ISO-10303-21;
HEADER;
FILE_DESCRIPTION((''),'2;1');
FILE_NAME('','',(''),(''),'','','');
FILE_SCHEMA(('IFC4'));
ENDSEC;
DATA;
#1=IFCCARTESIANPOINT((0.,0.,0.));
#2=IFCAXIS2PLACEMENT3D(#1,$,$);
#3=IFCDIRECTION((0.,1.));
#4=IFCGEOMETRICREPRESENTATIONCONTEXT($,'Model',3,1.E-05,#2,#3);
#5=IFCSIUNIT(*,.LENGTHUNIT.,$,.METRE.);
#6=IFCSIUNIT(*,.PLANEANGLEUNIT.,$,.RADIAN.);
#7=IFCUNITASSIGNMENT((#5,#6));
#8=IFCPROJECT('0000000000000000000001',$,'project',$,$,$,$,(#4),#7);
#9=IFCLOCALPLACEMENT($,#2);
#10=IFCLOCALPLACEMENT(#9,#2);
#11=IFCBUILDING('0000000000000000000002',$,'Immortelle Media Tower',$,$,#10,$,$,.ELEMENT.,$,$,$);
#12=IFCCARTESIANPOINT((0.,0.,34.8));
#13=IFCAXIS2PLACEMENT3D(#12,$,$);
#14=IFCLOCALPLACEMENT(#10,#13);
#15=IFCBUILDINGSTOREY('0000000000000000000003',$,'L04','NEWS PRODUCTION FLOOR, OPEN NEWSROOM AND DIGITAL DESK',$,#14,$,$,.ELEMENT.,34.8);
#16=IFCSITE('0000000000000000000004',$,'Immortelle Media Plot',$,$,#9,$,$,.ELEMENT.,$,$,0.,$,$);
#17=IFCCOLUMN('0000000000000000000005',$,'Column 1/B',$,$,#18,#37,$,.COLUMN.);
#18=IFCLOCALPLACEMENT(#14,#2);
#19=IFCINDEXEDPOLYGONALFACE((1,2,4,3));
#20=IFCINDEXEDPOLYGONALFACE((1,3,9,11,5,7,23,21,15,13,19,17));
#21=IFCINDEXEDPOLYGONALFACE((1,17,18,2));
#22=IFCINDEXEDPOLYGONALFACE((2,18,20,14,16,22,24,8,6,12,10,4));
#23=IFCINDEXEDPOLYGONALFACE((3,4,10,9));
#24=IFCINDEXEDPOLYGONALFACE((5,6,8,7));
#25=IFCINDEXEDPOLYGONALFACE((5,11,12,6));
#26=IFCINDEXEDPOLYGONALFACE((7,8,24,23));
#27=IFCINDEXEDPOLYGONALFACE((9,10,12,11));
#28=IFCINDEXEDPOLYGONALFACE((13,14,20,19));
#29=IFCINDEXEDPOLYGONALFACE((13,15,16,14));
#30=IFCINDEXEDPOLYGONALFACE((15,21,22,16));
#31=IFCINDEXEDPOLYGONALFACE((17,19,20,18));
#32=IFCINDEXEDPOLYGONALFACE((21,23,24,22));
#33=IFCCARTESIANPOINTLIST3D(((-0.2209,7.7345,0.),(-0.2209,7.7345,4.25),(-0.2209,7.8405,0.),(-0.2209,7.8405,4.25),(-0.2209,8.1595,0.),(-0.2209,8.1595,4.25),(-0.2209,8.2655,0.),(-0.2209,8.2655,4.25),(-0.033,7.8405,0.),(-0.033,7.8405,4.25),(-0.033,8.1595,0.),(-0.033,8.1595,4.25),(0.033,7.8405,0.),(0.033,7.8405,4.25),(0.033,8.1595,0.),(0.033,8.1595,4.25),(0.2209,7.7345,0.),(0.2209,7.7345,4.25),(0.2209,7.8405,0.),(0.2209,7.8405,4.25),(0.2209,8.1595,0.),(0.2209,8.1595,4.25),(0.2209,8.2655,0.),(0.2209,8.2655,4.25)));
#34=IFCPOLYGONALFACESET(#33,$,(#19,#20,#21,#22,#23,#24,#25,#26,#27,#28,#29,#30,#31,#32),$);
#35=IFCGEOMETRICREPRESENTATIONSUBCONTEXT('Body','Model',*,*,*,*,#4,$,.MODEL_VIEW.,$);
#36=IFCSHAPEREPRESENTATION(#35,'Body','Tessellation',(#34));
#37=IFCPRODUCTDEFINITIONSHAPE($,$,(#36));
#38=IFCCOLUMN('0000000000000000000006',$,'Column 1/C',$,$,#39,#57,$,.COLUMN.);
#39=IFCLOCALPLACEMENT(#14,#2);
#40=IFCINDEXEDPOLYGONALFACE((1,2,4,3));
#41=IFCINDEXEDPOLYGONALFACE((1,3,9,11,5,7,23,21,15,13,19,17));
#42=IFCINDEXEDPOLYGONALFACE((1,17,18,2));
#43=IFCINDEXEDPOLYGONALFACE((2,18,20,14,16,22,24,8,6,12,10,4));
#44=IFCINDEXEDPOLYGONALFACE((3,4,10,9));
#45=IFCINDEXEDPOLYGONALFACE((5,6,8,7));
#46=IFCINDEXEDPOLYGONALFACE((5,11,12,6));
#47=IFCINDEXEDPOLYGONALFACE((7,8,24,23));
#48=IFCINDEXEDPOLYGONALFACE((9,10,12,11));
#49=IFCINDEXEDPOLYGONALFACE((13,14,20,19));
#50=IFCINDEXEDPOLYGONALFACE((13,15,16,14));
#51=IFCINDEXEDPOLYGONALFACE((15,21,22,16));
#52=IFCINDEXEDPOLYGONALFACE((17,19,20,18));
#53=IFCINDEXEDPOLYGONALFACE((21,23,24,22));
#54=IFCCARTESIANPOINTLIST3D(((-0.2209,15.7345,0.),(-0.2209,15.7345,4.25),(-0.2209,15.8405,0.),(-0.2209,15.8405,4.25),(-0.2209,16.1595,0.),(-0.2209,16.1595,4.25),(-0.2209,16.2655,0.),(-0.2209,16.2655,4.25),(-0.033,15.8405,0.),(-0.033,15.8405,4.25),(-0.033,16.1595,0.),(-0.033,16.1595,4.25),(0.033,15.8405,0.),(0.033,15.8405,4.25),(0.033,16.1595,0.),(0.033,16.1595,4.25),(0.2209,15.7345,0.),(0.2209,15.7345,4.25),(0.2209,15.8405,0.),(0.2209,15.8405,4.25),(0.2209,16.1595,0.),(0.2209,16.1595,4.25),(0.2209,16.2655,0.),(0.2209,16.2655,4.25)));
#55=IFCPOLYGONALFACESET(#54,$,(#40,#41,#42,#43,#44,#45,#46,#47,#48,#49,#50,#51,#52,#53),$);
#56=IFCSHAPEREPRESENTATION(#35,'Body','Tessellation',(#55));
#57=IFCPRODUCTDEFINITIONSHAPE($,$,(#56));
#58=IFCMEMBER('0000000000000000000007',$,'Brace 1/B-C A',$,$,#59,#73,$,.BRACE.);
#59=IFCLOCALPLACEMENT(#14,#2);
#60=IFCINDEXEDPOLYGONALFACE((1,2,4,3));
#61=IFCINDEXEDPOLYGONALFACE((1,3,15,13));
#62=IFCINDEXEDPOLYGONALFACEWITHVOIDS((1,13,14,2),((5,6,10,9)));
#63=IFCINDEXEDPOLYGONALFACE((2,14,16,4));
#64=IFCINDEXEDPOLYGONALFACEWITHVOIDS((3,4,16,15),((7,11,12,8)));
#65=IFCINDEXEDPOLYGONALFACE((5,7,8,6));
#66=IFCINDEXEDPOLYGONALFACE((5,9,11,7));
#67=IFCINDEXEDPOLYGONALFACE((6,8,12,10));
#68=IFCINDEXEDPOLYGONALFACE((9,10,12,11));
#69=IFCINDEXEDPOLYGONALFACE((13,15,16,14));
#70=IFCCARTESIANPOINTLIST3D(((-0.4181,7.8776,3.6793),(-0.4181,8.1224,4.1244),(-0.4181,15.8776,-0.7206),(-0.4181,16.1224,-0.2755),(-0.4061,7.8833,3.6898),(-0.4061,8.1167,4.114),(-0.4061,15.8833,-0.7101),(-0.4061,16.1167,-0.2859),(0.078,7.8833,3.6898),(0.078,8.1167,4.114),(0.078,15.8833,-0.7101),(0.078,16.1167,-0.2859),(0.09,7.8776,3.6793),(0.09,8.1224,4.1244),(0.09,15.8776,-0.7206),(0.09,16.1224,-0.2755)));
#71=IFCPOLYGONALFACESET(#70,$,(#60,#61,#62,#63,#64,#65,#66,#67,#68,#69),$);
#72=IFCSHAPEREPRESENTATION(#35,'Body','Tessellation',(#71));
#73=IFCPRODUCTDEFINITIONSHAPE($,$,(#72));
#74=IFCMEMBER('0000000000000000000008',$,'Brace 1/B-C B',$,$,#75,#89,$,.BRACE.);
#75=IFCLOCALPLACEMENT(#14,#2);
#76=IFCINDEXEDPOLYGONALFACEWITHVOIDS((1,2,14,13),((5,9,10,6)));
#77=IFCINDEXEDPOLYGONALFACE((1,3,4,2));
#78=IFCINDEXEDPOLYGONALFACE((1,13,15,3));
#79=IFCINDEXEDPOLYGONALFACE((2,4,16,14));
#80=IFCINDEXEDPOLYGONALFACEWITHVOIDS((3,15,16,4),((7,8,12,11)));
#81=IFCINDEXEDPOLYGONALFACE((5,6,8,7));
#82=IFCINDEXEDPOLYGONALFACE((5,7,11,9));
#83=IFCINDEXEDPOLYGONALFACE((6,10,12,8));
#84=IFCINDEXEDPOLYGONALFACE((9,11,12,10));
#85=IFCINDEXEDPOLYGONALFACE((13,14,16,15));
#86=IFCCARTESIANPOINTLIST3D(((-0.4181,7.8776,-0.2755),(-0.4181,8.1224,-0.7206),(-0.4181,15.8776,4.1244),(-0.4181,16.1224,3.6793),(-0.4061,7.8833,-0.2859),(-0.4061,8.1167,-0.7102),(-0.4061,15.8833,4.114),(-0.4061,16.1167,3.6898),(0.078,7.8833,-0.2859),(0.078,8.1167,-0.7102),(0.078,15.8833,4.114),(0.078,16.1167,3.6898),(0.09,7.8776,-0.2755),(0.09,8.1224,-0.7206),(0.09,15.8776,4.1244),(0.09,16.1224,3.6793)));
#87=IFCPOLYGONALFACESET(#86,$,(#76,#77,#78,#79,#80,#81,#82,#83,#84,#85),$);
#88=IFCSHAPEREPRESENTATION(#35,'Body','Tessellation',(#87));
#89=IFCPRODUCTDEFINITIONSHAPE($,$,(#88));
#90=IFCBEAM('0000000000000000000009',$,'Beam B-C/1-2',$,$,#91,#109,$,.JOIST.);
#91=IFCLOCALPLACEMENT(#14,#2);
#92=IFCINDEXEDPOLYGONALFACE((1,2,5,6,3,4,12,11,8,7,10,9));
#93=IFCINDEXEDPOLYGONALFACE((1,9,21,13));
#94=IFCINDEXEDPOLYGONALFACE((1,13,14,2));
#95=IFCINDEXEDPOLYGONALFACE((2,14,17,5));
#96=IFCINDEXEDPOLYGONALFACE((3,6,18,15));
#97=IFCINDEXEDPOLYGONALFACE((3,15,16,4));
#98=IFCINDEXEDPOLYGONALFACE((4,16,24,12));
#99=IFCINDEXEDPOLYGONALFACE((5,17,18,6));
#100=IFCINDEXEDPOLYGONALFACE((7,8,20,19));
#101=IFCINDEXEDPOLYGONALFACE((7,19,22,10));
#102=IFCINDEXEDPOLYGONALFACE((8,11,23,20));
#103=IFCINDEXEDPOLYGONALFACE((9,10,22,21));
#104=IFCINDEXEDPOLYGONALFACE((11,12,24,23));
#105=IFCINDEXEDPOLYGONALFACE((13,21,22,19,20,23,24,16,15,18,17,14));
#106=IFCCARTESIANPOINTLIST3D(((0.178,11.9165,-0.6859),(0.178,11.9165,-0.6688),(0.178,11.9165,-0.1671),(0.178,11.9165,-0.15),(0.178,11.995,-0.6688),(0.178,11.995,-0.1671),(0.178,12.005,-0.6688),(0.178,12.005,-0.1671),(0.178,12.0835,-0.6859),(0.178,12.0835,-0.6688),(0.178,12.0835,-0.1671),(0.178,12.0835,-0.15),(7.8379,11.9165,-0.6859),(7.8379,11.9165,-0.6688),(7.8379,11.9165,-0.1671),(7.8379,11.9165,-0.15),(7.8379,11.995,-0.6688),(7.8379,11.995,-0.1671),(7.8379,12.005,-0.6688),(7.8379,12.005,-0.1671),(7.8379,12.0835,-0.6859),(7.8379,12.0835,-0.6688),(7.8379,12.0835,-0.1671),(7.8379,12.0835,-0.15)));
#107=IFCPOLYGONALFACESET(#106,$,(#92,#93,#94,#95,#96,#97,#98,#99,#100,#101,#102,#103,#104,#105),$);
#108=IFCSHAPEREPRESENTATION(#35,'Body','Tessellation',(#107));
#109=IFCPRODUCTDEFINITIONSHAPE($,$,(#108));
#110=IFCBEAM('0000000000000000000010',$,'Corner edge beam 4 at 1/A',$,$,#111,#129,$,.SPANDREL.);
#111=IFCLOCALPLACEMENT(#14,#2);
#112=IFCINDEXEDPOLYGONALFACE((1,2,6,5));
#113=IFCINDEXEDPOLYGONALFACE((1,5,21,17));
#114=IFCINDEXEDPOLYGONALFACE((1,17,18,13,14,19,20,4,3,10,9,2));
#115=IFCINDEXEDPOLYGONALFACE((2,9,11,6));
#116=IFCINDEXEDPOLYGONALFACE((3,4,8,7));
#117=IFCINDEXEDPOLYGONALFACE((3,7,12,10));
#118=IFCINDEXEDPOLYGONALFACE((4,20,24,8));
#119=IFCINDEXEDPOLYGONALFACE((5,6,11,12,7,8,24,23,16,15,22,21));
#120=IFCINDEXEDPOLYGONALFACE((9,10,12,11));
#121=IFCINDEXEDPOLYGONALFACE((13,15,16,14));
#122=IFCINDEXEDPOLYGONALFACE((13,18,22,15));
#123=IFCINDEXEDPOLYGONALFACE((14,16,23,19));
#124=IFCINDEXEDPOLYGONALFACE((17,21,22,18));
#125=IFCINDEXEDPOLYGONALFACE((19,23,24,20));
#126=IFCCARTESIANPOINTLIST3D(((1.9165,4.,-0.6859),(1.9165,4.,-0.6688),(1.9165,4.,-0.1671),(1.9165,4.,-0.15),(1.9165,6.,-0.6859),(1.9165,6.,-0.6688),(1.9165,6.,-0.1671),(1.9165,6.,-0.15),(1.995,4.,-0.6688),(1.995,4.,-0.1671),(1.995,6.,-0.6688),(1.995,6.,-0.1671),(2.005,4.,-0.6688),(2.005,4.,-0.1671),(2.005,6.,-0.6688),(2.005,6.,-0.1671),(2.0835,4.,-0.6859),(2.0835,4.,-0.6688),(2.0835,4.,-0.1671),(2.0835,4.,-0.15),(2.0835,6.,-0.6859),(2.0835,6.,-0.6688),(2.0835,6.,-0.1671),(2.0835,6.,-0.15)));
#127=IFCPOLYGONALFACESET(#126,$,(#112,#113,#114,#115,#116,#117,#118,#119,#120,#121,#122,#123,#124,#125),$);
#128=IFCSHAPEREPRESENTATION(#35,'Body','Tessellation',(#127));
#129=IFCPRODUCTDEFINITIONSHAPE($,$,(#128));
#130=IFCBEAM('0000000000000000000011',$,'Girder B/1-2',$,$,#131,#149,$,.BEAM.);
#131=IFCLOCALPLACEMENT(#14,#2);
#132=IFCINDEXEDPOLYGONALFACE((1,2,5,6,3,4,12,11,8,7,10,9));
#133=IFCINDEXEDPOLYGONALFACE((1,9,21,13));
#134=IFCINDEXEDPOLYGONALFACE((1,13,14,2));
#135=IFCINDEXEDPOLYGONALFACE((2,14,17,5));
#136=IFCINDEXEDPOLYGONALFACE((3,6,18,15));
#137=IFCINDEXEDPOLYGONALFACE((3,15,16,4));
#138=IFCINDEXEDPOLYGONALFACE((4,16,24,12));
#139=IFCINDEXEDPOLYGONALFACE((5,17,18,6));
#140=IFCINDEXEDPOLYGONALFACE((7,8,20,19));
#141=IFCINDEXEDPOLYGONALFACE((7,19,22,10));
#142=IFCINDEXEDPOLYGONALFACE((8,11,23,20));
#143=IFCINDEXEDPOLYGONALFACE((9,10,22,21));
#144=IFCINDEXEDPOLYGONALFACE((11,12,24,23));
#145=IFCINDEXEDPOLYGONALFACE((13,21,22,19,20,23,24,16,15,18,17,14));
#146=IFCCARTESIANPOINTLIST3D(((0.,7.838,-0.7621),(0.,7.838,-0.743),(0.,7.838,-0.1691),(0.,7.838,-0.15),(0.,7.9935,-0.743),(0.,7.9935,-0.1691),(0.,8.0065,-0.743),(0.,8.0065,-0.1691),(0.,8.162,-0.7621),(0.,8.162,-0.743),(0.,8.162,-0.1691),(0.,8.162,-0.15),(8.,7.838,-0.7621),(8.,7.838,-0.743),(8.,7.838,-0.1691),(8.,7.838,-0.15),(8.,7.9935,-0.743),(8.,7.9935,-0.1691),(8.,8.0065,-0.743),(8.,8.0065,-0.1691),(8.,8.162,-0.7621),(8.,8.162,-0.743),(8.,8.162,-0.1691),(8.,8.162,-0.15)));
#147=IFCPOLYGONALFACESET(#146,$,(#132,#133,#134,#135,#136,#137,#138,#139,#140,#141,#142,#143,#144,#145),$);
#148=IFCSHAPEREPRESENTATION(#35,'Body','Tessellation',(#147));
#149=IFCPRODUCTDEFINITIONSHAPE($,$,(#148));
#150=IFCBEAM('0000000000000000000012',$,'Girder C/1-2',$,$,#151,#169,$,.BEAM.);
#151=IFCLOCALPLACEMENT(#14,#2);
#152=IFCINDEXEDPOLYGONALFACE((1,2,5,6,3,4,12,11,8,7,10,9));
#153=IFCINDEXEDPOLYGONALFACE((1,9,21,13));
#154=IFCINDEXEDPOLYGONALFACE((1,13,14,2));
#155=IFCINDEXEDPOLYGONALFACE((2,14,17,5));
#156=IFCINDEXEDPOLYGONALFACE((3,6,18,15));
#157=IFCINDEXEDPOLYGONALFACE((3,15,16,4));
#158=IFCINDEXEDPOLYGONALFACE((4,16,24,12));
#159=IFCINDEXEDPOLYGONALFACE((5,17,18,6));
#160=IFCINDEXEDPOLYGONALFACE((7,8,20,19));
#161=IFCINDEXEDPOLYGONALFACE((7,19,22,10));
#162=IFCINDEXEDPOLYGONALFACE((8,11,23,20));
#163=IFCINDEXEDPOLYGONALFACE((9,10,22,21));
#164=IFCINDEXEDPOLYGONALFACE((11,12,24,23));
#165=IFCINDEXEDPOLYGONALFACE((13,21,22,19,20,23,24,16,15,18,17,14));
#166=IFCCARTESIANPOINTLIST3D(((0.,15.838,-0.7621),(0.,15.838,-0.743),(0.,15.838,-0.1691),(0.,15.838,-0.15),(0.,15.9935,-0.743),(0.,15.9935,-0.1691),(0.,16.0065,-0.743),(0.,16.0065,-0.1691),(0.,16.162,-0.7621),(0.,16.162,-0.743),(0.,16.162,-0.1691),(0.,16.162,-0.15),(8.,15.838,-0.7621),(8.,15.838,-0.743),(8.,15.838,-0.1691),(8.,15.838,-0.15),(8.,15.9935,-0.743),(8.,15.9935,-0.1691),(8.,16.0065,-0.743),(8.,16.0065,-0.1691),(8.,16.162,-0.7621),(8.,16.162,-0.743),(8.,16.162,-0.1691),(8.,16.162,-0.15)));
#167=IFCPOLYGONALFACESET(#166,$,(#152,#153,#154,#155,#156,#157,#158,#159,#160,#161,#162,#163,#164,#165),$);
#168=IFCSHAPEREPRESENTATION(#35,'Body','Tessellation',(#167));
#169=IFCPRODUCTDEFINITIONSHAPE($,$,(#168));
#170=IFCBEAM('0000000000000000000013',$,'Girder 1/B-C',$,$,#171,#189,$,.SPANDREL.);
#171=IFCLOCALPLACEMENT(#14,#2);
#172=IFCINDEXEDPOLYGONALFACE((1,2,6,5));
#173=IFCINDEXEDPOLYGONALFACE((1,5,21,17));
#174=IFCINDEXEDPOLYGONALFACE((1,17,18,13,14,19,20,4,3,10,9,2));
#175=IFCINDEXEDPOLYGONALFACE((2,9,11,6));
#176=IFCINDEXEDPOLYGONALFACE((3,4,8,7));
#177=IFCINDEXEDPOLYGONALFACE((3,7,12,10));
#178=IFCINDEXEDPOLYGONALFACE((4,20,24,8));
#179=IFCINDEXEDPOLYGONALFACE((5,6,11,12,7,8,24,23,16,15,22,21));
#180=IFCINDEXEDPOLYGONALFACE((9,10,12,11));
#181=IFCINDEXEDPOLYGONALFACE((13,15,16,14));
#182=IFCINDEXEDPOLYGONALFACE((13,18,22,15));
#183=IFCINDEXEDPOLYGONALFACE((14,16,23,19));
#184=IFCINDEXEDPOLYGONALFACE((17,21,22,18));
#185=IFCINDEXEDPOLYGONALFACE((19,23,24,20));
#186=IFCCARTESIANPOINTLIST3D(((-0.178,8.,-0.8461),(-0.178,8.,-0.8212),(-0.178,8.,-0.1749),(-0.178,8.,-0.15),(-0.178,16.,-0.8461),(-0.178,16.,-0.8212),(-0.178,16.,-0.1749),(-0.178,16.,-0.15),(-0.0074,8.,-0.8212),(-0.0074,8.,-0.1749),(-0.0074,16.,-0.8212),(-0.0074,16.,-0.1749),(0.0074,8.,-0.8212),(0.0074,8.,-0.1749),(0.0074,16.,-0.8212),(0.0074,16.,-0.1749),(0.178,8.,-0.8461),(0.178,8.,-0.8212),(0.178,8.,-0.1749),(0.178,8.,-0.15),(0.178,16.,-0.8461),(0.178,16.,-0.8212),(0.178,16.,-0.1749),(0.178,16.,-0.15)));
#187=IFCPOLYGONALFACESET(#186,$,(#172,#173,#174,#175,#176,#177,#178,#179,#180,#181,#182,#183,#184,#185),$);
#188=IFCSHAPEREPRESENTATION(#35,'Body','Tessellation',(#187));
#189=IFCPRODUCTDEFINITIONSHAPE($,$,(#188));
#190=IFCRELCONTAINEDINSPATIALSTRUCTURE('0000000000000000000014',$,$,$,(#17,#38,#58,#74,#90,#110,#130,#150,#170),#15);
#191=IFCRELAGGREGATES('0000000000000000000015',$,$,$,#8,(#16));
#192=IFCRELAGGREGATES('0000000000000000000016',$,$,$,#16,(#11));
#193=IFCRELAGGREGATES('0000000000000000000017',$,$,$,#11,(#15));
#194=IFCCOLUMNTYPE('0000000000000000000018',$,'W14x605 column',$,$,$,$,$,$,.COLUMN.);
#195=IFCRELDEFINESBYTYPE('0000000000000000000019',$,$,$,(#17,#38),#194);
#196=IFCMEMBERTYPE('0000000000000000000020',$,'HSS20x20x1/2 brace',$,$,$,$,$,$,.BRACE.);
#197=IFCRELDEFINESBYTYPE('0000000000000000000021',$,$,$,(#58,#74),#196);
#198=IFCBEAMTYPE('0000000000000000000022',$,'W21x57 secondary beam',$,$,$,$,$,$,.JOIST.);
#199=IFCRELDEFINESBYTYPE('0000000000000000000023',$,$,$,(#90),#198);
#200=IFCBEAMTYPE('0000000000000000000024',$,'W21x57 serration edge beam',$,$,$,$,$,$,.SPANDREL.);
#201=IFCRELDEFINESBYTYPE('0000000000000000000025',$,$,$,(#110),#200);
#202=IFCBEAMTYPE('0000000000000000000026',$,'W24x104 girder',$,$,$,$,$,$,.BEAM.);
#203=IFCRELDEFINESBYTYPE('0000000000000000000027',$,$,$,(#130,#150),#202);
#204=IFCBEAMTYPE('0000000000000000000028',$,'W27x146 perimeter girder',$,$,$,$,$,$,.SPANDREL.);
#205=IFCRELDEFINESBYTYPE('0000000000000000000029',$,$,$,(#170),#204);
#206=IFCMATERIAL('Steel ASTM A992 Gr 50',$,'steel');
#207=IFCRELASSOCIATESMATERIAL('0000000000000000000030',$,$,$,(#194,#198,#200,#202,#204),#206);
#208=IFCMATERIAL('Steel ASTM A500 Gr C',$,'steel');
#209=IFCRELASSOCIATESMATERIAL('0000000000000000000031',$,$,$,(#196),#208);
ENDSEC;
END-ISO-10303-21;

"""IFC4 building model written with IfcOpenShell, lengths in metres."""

from ifc_helpers import new_model, si_unit, direction, frame, origin, origin_2d, place, context, subcontext, project, spatial, hollow_rectangle, i_section, extrude, material, material_profile, profile_set, type_object, element, save


model = new_model("IFC4")

# Units and contexts
model_context = context("Model", 3, precision=1e-05, world=origin(), true_north=direction((0.0, 1.0)))
body_context = subcontext(model_context, "Body", "Model", "MODEL_VIEW")
ifc_project = project(units=[si_unit("LENGTHUNIT", "METRE"), si_unit("PLANEANGLEUNIT", "RADIAN")], contexts=[model_context])

# Site, building, storey
site_placement = place(None, origin())
site = spatial("IfcSite", under=ifc_project, at=site_placement, Name="Immortelle Media Plot", CompositionType="ELEMENT", RefElevation=0.0)
building_placement = place(site_placement, origin())
building = spatial("IfcBuilding", under=site, at=building_placement, Name="Immortelle Media Tower", CompositionType="ELEMENT")
storey_placement = place(building_placement, frame((0.0, 0.0, 34.8)))
storey = spatial("IfcBuildingStorey", under=building, at=storey_placement, Name="L04", Description="NEWS PRODUCTION FLOOR, OPEN NEWSROOM AND DIGITAL DESK", CompositionType="ELEMENT", Elevation=34.8)

# Columns
ifc_material_1 = material(Name="Steel ASTM A992 Gr 50", Category="steel")
ifc_material_profile_1 = material_profile(ifc_material_1, i_section(OverallWidth=0.4419, OverallDepth=0.531, WebThickness=0.0659, FlangeThickness=0.106, at=origin_2d()), Name="W14x605")
ifc_profile_set_1 = profile_set([ifc_material_profile_1], Name="Steel ASTM A992 Gr 50")
column_type = type_object("IfcColumnType", Name="W14x605 column", PredefinedType="COLUMN", material=ifc_profile_set_1)
for number, where, z_axis, x_axis, name in (
    (1, (0.0, 8.0, 0.0), (0.0, 0.0, 1.0), (1.0, 0.0, 0.0), "Column 1/B"),
    (2, (0.0, 16.0, 0.0), (0.0, 0.0, 1.0), (1.0, 0.0, 0.0), "Column 1/C"),
):
    element("IfcColumn", number, at=place(storey_placement, frame(where, z_axis=z_axis, x_axis=x_axis)), inside=storey, type_object=column_type, Name=name, PredefinedType="COLUMN", context=body_context, shape_type="SweptSolid", body=[
        extrude(i_section(OverallWidth=0.4419, OverallDepth=0.531, WebThickness=0.0659, FlangeThickness=0.106, at=origin_2d()), origin(), (0.0, 0.0, 1.0), 4.25),
    ])

# Members
ifc_material_2 = material(Name="Steel ASTM A500 Gr C", Category="steel")
ifc_material_profile_2 = material_profile(ifc_material_2, hollow_rectangle(XDim=0.5081, YDim=0.5081, WallThickness=0.012, at=origin_2d()), Name="HSS20x20x1/2 brace")
ifc_profile_set_2 = profile_set([ifc_material_profile_2], Name="Steel ASTM A500 Gr C")
member_type = type_object("IfcMemberType", Name="HSS20x20x1/2 brace", PredefinedType="BRACE", material=ifc_profile_set_2)
for number, where, z_axis, x_axis, name in (
    (3, (-0.1641, 16.0, -0.498), (0.0, -0.87622, 0.481911), (1.0, 0.0, 0.0), "Brace 1/B-C A"),
    (4, (-0.1641, 16.0, 3.9019), (0.0, -0.87622, -0.481911), (1.0, 0.0, 0.0), "Brace 1/B-C B"),
):
    element("IfcMember", number, at=place(storey_placement, frame(where, z_axis=z_axis, x_axis=x_axis)), inside=storey, type_object=member_type, Name=name, PredefinedType="BRACE", context=body_context, shape_type="SweptSolid", body=[
        extrude(hollow_rectangle(XDim=0.5081, YDim=0.5081, WallThickness=0.012, at=origin_2d()), origin(), (0.0, 0.0, 1.0), 9.1301),
    ])

# Beams
ifc_material_profile_3 = material_profile(ifc_material_1, i_section(OverallWidth=0.167, OverallDepth=0.5359, WebThickness=0.01, FlangeThickness=0.0171, at=origin_2d()), Name="W21x57")
ifc_profile_set_3 = profile_set([ifc_material_profile_3], Name="Steel ASTM A992 Gr 50")
beam_type_1 = type_object("IfcBeamType", Name="W21x57 secondary beam", PredefinedType="JOIST", material=ifc_profile_set_3)
beam_1_placement = place(storey_placement, frame((0.178, 12.0, -0.418), z_axis=(1.0, 0.0, 0.0), x_axis=(0.0, 1.0, 0.0)))
element("IfcBeam", 5, at=beam_1_placement, inside=storey, type_object=beam_type_1, Name="Beam B-C/1-2", PredefinedType="JOIST", context=body_context, shape_type="SweptSolid", body=[
    extrude(i_section(OverallWidth=0.167, OverallDepth=0.5359, WebThickness=0.01, FlangeThickness=0.0171, at=origin_2d()), origin(), (0.0, 0.0, 1.0), 7.6599),
])
ifc_material_profile_4 = material_profile(ifc_material_1, i_section(OverallWidth=0.167, OverallDepth=0.5359, WebThickness=0.01, FlangeThickness=0.0171, at=origin_2d()), Name="W21x57")
ifc_profile_set_4 = profile_set([ifc_material_profile_4], Name="Steel ASTM A992 Gr 50")
beam_type_2 = type_object("IfcBeamType", Name="W21x57 serration edge beam", PredefinedType="SPANDREL", material=ifc_profile_set_4)
beam_2_placement = place(storey_placement, frame((2.0, 4.0, -0.418), z_axis=(0.0, 1.0, 0.0), x_axis=(-1.0, 0.0, 0.0)))
element("IfcBeam", 6, at=beam_2_placement, inside=storey, type_object=beam_type_2, Name="Corner edge beam 4 at 1/A", PredefinedType="SPANDREL", context=body_context, shape_type="SweptSolid", body=[
    extrude(i_section(OverallWidth=0.167, OverallDepth=0.5359, WebThickness=0.01, FlangeThickness=0.0171, at=origin_2d()), origin(), (0.0, 0.0, 1.0), 2.0),
])
ifc_material_profile_5 = material_profile(ifc_material_1, i_section(OverallWidth=0.324, OverallDepth=0.6121, WebThickness=0.0129, FlangeThickness=0.019, at=origin_2d()), Name="W24x104")
ifc_profile_set_5 = profile_set([ifc_material_profile_5], Name="Steel ASTM A992 Gr 50")
beam_type_3 = type_object("IfcBeamType", Name="W24x104 girder", PredefinedType="BEAM", material=ifc_profile_set_5)
for number, where, z_axis, x_axis, name in (
    (7, (0.0, 8.0, -0.4561), (1.0, 0.0, 0.0), (0.0, 1.0, 0.0), "Girder B/1-2"),
    (8, (0.0, 16.0, -0.4561), (1.0, 0.0, 0.0), (0.0, 1.0, 0.0), "Girder C/1-2"),
):
    element("IfcBeam", number, at=place(storey_placement, frame(where, z_axis=z_axis, x_axis=x_axis)), inside=storey, type_object=beam_type_3, Name=name, PredefinedType="BEAM", context=body_context, shape_type="SweptSolid", body=[
        extrude(i_section(OverallWidth=0.324, OverallDepth=0.6121, WebThickness=0.0129, FlangeThickness=0.019, at=origin_2d()), origin(), (0.0, 0.0, 1.0), 8.0),
    ])
ifc_material_profile_6 = material_profile(ifc_material_1, i_section(OverallWidth=0.356, OverallDepth=0.696, WebThickness=0.0149, FlangeThickness=0.0249, at=origin_2d()), Name="W27x146")
ifc_profile_set_6 = profile_set([ifc_material_profile_6], Name="Steel ASTM A992 Gr 50")
beam_type_4 = type_object("IfcBeamType", Name="W27x146 perimeter girder", PredefinedType="SPANDREL", material=ifc_profile_set_6)
for number, where, z_axis, x_axis, name in (
    (9, (0.0, 8.0, -0.498), (0.0, 1.0, 0.0), (-1.0, 0.0, 0.0), "Girder 1/B-C"),
):
    element("IfcBeam", number, at=place(storey_placement, frame(where, z_axis=z_axis, x_axis=x_axis)), inside=storey, type_object=beam_type_4, Name=name, PredefinedType="SPANDREL", context=body_context, shape_type="SweptSolid", body=[
        extrude(i_section(OverallWidth=0.356, OverallDepth=0.696, WebThickness=0.0149, FlangeThickness=0.0249, at=origin_2d()), origin(), (0.0, 0.0, 1.0), 8.0),
    ])

save(model, "model.ifc")
